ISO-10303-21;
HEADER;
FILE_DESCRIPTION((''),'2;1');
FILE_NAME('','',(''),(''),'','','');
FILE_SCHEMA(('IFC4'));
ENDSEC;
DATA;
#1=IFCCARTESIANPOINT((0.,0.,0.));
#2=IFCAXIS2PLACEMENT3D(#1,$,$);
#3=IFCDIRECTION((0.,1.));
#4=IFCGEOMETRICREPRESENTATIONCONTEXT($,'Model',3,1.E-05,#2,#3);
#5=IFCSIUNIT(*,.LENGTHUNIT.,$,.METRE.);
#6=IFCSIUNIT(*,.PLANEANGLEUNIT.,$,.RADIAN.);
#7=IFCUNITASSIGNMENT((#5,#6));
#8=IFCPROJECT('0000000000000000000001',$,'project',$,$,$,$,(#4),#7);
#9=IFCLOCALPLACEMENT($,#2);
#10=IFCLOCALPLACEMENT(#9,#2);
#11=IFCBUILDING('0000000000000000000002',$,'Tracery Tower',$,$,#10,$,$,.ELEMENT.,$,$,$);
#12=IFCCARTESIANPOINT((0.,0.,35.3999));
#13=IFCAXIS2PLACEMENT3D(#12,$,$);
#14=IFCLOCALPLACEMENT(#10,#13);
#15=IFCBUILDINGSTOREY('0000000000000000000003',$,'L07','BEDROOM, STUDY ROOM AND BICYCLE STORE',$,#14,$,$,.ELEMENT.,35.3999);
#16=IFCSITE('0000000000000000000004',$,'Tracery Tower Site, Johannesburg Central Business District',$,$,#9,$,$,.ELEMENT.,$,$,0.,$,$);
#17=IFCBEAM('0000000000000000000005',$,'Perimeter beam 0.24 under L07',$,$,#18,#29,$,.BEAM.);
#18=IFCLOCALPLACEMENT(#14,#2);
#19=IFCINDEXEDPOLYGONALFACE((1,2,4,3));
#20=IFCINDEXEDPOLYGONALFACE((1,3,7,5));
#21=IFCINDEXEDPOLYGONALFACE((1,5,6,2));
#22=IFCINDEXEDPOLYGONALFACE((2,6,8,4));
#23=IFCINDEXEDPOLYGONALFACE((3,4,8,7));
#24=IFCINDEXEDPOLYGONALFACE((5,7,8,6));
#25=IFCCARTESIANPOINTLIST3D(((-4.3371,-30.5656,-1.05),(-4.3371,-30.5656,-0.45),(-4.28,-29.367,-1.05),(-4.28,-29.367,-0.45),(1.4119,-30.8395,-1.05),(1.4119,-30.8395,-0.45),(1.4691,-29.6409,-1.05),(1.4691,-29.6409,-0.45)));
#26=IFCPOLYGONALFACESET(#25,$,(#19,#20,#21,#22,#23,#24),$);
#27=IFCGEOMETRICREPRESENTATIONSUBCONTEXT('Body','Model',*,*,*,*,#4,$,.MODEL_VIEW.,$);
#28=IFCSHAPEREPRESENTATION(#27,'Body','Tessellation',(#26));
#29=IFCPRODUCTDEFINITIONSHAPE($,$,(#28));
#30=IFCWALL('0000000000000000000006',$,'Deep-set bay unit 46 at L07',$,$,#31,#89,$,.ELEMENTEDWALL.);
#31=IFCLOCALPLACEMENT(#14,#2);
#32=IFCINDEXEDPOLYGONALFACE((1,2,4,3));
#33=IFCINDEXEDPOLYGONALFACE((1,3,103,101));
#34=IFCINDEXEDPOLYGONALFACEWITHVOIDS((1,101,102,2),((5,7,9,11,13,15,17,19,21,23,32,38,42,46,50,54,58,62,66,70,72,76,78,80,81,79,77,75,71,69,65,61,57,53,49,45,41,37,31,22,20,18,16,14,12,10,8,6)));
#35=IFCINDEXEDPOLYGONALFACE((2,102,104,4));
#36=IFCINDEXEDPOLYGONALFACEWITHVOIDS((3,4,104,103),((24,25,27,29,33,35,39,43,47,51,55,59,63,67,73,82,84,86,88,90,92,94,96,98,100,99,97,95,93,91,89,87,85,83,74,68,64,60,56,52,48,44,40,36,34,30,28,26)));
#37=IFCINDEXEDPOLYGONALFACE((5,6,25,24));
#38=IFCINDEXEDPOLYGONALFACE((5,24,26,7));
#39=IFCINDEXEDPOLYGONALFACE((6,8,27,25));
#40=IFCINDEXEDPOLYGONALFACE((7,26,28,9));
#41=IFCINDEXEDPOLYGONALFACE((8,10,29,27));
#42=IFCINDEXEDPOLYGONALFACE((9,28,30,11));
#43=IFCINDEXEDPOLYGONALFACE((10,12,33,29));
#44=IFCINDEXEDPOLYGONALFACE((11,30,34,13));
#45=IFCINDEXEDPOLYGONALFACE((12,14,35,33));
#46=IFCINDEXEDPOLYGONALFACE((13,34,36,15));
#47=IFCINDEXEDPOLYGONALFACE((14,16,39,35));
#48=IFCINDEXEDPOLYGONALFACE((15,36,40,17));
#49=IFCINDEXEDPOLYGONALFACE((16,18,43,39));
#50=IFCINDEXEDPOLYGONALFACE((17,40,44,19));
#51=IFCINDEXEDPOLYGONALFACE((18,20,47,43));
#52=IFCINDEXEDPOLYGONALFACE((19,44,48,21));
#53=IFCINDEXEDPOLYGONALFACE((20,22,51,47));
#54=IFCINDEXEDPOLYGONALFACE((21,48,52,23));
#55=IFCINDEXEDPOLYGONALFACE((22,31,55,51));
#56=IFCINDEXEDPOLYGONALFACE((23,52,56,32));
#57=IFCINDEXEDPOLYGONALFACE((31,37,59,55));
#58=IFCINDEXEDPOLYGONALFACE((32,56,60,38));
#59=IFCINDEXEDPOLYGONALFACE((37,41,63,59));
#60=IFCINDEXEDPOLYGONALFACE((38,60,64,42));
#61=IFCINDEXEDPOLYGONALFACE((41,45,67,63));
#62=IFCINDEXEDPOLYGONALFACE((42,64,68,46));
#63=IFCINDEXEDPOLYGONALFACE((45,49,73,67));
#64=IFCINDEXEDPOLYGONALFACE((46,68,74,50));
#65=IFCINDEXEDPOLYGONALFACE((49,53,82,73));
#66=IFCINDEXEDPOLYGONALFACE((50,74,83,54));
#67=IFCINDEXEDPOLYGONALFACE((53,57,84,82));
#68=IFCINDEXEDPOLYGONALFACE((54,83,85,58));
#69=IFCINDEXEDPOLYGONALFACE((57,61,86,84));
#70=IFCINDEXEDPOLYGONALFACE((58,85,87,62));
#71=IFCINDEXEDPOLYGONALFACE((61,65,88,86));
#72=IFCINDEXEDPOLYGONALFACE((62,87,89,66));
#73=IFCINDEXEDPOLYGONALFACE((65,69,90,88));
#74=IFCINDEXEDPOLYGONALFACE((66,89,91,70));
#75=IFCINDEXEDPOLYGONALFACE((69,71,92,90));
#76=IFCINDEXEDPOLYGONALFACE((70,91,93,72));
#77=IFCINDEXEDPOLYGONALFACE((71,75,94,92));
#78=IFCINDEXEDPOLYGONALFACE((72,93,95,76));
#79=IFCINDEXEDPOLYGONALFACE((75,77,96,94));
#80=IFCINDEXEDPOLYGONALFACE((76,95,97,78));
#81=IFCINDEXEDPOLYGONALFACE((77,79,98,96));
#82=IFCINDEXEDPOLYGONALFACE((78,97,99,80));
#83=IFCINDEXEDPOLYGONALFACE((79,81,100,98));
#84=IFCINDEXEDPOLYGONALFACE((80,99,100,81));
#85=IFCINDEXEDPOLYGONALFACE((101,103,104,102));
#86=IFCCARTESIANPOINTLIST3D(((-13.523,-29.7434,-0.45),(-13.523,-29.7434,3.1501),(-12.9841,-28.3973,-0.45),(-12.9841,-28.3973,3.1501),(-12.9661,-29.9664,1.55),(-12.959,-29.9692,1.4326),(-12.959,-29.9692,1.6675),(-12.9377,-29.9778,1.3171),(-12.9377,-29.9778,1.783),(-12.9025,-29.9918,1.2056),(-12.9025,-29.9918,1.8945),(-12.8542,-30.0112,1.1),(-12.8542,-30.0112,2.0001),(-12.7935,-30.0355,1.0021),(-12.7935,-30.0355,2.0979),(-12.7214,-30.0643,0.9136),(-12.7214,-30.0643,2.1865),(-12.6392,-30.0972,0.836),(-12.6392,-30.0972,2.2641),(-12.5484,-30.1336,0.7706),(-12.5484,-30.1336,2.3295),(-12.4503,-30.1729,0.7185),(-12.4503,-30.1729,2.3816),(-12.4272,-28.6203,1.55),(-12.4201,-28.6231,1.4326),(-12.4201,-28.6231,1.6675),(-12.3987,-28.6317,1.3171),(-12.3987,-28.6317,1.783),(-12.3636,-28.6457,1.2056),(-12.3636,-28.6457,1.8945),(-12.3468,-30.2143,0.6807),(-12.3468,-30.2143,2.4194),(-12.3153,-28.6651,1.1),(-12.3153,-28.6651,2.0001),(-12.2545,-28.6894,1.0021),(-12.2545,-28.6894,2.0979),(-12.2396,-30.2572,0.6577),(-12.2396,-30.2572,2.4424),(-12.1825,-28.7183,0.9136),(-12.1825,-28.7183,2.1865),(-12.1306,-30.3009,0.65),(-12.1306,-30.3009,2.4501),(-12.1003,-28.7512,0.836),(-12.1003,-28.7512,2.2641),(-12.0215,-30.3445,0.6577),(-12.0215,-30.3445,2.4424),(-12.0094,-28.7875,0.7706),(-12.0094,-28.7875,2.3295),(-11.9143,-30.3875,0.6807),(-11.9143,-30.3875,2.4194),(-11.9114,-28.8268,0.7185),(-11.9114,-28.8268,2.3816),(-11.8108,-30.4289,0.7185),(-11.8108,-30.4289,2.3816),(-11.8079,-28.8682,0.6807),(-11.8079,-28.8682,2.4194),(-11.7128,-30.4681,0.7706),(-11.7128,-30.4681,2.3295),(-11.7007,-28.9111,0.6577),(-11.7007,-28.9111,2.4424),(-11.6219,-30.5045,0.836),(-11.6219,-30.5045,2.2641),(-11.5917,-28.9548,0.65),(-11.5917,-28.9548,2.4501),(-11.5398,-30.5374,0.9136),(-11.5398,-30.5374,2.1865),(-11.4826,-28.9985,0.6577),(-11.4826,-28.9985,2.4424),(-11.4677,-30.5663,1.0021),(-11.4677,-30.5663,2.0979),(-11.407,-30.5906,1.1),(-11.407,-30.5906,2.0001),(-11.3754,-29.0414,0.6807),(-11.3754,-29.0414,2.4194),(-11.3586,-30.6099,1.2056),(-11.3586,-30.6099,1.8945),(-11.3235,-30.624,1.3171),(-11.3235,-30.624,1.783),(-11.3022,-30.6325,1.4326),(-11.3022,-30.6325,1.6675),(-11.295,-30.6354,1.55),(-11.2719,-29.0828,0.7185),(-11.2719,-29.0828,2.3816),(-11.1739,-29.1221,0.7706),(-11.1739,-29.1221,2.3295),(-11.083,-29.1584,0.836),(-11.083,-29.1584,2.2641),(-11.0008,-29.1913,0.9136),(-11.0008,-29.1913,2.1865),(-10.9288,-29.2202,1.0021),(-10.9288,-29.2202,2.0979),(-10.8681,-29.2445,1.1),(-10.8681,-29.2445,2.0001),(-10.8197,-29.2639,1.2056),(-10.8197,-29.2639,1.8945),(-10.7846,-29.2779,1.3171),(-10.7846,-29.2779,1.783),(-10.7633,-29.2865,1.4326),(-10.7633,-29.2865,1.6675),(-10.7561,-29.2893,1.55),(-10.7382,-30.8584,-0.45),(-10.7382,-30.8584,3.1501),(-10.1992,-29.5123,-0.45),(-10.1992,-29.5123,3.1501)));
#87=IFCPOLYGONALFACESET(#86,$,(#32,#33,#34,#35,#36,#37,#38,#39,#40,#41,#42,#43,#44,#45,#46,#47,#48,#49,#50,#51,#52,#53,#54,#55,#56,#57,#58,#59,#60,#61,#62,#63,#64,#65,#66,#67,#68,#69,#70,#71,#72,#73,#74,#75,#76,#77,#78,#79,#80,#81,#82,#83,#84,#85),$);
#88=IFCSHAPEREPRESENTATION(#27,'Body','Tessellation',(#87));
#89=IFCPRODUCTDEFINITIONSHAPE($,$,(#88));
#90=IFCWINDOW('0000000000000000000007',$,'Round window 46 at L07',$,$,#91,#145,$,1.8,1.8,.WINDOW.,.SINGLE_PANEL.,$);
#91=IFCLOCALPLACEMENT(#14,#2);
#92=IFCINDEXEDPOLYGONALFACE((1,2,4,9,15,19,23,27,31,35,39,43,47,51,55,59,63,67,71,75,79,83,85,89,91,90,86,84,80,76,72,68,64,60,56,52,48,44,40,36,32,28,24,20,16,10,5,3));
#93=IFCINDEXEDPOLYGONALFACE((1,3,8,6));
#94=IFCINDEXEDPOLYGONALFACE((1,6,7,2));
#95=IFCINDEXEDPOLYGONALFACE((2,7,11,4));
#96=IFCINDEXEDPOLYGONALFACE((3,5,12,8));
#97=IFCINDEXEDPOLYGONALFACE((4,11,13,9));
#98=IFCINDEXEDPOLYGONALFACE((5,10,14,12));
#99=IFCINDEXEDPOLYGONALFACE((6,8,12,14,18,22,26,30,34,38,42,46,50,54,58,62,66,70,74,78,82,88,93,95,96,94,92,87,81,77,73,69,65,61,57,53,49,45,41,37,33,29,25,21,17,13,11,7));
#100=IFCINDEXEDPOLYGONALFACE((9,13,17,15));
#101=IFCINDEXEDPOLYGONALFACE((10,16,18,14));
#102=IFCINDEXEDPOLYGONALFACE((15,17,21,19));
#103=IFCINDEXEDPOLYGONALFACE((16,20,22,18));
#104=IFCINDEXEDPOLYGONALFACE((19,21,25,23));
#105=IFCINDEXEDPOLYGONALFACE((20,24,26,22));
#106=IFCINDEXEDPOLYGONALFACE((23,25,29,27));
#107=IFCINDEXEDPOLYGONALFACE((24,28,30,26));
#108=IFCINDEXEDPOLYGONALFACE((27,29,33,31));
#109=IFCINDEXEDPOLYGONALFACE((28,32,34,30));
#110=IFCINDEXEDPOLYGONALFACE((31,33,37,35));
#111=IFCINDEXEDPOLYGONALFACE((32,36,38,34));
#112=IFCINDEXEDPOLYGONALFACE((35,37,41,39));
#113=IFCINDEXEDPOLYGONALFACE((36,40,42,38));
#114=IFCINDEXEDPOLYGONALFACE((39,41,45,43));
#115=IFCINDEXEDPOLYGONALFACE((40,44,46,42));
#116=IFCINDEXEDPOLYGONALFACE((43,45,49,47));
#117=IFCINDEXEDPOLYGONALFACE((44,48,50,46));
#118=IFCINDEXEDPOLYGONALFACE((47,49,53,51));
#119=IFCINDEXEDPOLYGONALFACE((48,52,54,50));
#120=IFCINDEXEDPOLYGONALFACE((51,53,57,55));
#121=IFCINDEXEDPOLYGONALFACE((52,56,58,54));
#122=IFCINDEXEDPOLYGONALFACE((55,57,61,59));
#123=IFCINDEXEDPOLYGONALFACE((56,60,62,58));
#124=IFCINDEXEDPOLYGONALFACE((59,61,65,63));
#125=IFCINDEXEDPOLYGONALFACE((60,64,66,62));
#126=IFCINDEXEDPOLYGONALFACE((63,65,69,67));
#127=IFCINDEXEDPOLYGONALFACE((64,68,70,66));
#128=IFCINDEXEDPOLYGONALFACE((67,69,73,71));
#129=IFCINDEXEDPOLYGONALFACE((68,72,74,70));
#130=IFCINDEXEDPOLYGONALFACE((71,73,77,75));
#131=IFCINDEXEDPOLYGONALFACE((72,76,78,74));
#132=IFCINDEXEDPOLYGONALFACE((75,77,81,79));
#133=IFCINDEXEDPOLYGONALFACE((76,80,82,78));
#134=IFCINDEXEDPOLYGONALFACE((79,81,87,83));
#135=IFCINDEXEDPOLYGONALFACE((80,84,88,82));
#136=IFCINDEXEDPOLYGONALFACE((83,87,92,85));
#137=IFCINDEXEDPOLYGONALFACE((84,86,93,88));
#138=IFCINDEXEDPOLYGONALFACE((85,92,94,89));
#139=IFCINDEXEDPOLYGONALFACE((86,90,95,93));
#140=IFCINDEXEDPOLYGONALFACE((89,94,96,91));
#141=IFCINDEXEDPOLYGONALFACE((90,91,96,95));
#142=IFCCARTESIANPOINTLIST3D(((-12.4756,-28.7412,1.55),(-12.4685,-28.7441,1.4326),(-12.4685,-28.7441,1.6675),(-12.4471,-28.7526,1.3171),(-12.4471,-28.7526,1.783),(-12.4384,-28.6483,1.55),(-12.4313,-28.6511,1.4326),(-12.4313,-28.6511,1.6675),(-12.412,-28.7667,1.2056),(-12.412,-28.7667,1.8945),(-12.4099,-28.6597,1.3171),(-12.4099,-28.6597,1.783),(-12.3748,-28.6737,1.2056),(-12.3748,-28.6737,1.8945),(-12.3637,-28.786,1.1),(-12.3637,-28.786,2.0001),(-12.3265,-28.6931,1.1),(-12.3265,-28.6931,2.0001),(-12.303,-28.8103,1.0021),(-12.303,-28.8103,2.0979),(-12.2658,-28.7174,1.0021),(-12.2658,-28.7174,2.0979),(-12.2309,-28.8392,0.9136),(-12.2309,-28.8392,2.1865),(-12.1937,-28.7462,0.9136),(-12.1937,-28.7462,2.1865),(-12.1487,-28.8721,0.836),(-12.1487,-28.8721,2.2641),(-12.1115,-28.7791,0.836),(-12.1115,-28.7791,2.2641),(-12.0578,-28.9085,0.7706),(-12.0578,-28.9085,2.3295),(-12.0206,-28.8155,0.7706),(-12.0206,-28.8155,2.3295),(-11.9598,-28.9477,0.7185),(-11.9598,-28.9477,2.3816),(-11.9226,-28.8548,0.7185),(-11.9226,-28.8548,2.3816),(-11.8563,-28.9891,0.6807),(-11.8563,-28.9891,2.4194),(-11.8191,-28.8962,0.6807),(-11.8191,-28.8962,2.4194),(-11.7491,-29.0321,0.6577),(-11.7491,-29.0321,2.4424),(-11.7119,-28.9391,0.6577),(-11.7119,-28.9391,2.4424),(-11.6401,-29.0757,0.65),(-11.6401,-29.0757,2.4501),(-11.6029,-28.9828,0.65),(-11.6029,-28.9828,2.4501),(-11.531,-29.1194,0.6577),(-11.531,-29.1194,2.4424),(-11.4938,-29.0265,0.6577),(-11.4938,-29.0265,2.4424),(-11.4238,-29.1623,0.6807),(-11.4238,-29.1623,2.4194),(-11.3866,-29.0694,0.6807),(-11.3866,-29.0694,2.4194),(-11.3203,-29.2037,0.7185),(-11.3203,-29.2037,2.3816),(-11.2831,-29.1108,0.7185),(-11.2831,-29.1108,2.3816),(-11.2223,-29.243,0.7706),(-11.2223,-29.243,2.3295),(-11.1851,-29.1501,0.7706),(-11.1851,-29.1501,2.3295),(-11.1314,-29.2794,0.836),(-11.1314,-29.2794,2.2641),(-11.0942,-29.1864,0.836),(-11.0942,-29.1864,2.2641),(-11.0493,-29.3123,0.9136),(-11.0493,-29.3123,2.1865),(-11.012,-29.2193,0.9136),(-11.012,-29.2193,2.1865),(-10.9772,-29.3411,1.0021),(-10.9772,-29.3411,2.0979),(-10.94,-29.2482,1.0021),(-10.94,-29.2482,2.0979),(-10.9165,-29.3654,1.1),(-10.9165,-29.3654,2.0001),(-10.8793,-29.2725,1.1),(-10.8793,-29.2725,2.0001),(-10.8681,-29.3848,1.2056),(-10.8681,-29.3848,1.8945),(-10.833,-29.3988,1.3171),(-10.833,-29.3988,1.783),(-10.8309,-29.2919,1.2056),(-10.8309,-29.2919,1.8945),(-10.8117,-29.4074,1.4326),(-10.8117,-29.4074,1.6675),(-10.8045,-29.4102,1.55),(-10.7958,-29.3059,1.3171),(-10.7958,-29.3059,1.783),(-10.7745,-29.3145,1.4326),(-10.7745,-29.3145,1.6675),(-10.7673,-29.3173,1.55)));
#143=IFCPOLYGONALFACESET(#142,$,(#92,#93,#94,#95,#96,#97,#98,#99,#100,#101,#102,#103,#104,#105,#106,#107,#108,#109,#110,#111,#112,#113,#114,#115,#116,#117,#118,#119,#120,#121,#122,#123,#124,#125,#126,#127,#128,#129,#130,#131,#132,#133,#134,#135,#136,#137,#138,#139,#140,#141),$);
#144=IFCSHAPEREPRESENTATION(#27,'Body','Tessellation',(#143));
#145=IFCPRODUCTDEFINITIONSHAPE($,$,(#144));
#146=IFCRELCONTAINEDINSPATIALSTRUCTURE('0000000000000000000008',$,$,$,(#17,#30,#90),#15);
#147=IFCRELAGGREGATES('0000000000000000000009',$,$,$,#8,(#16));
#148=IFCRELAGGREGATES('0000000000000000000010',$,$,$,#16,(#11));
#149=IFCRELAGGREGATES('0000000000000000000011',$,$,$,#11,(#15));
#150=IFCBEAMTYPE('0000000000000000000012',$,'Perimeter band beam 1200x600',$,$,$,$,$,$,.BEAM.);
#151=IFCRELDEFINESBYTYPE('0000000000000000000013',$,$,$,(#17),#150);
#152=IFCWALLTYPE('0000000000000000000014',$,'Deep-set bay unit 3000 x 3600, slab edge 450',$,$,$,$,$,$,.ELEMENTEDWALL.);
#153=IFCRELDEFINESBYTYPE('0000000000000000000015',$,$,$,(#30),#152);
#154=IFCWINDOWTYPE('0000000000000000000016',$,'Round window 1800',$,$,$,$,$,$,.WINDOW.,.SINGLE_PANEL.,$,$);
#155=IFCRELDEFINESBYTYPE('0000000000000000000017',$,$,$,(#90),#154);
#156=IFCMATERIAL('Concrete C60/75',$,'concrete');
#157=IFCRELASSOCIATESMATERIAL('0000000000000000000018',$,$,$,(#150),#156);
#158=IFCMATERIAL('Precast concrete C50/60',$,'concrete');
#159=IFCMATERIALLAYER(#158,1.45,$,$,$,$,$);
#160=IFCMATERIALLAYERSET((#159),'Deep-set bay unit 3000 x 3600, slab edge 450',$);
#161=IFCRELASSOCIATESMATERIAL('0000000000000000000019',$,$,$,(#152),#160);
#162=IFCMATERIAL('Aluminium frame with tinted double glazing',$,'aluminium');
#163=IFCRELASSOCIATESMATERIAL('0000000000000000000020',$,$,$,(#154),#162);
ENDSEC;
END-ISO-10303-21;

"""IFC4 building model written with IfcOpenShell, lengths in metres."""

from ifc_helpers import new_model, si_unit, direction, frame, frame_2d, origin, origin_2d, place, context, subcontext, project, spatial, rectangle, circle, extrude, material, layer, layer_set, material_profile, profile_set, type_object, element, fill, save


model = new_model("IFC4")

# Units and contexts
model_context = context("Model", 3, precision=1e-05, world=origin(), true_north=direction((0.0, 1.0)))
body_context = subcontext(model_context, "Body", "Model", "MODEL_VIEW")
ifc_project = project(units=[si_unit("LENGTHUNIT", "METRE"), si_unit("PLANEANGLEUNIT", "RADIAN")], contexts=[model_context])

# Site, building, storey
site_placement = place(None, origin())
site = spatial("IfcSite", under=ifc_project, at=site_placement, Name="Tracery Tower Site, Johannesburg Central Business District", CompositionType="ELEMENT", RefElevation=0.0)
building_placement = place(site_placement, origin())
building = spatial("IfcBuilding", under=site, at=building_placement, Name="Tracery Tower", CompositionType="ELEMENT")
storey_placement = place(building_placement, frame((0.0, 0.0, 35.3999)))
storey = spatial("IfcBuildingStorey", under=building, at=storey_placement, Name="L07", Description="BEDROOM, STUDY ROOM AND BICYCLE STORE", CompositionType="ELEMENT", Elevation=35.3999)

# Beam
ifc_material_1 = material(Name="Concrete C60/75", Category="concrete")
ifc_material_profile_1 = material_profile(ifc_material_1, rectangle(XDim=1.2, YDim=0.6001, at=origin_2d()), Name="RC 1200x600")
ifc_profile_set_1 = profile_set([ifc_material_profile_1], Name="Concrete C60/75")
beam_type = type_object("IfcBeamType", Name="Perimeter band beam 1200x600", PredefinedType="BEAM", material=ifc_profile_set_1)
beam_1_placement = place(storey_placement, frame((-4.3086, -29.9663, -0.75), z_axis=(0.998867, -0.047593, 0.0), x_axis=(0.047593, 0.998867, 0.0)))
element("IfcBeam", 1, at=beam_1_placement, inside=storey, type_object=beam_type, Name="Perimeter beam 0.24 under L07", PredefinedType="BEAM", context=body_context, shape_type="SweptSolid", body=[
    extrude(rectangle(XDim=1.2, YDim=0.6001, at=origin_2d()), origin(), (0.0, 0.0, 1.0), 5.7556),
])

# Wall, opening, window
ifc_material_2 = material(Name="Precast concrete C50/60", Category="concrete")
ifc_layer_1 = layer(ifc_material_2, 1.45)
ifc_layer_set_1 = layer_set([ifc_layer_1], Name="Deep-set bay unit 3000 x 3600, slab edge 450")
wall_type_1 = type_object("IfcWallType", Name="Deep-set bay unit 3000 x 3600, slab edge 450", PredefinedType="ELEMENTEDWALL", material=ifc_layer_set_1)
wall_1_placement = place(storey_placement, frame((-13.2537, -29.0703, -0.45), z_axis=(0.0, 0.0, 1.0), x_axis=(0.928359, -0.371685, 0.0)))
wall_1 = element("IfcWall", 2, at=wall_1_placement, inside=storey, type_object=wall_type_1, Name="Deep-set bay unit 46 at L07", PredefinedType="ELEMENTEDWALL", context=body_context, shape_type="SweptSolid", body=[
    extrude(rectangle(XDim=2.9998, YDim=1.45, at=frame_2d((1.5, 0.0))), origin(), (0.0, 0.0, 1.0), 3.6001),
])
opening_1_placement = place(wall_1_placement, frame((1.5, 0.0, 2.0)))
opening_1 = element("IfcOpeningElement", 3, at=opening_1_placement, cuts=wall_1, PredefinedType="OPENING", context=body_context, shape_type="SweptSolid", body=[
    extrude(circle(Radius=0.9, at=origin_2d()), frame((0.0, 0.7349, 0.0), z_axis=(0.0, -1.0, 0.0), x_axis=(1.0, 0.0, 0.0)), (0.0, 0.0, 1.0), 1.47),
])
ifc_material_3 = material(Name="Aluminium frame with tinted double glazing", Category="aluminium")
window_type = type_object("IfcWindowType", Name="Round window 1800", PartitioningType="SINGLE_PANEL", PredefinedType="WINDOW", material=ifc_material_3)
window_1_placement = place(opening_1_placement, origin())
window_1 = element("IfcWindow", 4, at=window_1_placement, inside=storey, type_object=window_type, Name="Round window 46 at L07", OverallHeight=1.8, OverallWidth=1.8, PartitioningType="SINGLE_PANEL", PredefinedType="WINDOW", context=body_context, shape_type="SweptSolid", body=[
    extrude(circle(Radius=0.9, at=origin_2d()), frame((0.0, 0.6948, 0.0), z_axis=(0.0, -1.0, 0.0), x_axis=(1.0, 0.0, 0.0)), (0.0, 0.0, 1.0), 0.1001),
])
fill(opening_1, window_1)

save(model, "model.ifc")
